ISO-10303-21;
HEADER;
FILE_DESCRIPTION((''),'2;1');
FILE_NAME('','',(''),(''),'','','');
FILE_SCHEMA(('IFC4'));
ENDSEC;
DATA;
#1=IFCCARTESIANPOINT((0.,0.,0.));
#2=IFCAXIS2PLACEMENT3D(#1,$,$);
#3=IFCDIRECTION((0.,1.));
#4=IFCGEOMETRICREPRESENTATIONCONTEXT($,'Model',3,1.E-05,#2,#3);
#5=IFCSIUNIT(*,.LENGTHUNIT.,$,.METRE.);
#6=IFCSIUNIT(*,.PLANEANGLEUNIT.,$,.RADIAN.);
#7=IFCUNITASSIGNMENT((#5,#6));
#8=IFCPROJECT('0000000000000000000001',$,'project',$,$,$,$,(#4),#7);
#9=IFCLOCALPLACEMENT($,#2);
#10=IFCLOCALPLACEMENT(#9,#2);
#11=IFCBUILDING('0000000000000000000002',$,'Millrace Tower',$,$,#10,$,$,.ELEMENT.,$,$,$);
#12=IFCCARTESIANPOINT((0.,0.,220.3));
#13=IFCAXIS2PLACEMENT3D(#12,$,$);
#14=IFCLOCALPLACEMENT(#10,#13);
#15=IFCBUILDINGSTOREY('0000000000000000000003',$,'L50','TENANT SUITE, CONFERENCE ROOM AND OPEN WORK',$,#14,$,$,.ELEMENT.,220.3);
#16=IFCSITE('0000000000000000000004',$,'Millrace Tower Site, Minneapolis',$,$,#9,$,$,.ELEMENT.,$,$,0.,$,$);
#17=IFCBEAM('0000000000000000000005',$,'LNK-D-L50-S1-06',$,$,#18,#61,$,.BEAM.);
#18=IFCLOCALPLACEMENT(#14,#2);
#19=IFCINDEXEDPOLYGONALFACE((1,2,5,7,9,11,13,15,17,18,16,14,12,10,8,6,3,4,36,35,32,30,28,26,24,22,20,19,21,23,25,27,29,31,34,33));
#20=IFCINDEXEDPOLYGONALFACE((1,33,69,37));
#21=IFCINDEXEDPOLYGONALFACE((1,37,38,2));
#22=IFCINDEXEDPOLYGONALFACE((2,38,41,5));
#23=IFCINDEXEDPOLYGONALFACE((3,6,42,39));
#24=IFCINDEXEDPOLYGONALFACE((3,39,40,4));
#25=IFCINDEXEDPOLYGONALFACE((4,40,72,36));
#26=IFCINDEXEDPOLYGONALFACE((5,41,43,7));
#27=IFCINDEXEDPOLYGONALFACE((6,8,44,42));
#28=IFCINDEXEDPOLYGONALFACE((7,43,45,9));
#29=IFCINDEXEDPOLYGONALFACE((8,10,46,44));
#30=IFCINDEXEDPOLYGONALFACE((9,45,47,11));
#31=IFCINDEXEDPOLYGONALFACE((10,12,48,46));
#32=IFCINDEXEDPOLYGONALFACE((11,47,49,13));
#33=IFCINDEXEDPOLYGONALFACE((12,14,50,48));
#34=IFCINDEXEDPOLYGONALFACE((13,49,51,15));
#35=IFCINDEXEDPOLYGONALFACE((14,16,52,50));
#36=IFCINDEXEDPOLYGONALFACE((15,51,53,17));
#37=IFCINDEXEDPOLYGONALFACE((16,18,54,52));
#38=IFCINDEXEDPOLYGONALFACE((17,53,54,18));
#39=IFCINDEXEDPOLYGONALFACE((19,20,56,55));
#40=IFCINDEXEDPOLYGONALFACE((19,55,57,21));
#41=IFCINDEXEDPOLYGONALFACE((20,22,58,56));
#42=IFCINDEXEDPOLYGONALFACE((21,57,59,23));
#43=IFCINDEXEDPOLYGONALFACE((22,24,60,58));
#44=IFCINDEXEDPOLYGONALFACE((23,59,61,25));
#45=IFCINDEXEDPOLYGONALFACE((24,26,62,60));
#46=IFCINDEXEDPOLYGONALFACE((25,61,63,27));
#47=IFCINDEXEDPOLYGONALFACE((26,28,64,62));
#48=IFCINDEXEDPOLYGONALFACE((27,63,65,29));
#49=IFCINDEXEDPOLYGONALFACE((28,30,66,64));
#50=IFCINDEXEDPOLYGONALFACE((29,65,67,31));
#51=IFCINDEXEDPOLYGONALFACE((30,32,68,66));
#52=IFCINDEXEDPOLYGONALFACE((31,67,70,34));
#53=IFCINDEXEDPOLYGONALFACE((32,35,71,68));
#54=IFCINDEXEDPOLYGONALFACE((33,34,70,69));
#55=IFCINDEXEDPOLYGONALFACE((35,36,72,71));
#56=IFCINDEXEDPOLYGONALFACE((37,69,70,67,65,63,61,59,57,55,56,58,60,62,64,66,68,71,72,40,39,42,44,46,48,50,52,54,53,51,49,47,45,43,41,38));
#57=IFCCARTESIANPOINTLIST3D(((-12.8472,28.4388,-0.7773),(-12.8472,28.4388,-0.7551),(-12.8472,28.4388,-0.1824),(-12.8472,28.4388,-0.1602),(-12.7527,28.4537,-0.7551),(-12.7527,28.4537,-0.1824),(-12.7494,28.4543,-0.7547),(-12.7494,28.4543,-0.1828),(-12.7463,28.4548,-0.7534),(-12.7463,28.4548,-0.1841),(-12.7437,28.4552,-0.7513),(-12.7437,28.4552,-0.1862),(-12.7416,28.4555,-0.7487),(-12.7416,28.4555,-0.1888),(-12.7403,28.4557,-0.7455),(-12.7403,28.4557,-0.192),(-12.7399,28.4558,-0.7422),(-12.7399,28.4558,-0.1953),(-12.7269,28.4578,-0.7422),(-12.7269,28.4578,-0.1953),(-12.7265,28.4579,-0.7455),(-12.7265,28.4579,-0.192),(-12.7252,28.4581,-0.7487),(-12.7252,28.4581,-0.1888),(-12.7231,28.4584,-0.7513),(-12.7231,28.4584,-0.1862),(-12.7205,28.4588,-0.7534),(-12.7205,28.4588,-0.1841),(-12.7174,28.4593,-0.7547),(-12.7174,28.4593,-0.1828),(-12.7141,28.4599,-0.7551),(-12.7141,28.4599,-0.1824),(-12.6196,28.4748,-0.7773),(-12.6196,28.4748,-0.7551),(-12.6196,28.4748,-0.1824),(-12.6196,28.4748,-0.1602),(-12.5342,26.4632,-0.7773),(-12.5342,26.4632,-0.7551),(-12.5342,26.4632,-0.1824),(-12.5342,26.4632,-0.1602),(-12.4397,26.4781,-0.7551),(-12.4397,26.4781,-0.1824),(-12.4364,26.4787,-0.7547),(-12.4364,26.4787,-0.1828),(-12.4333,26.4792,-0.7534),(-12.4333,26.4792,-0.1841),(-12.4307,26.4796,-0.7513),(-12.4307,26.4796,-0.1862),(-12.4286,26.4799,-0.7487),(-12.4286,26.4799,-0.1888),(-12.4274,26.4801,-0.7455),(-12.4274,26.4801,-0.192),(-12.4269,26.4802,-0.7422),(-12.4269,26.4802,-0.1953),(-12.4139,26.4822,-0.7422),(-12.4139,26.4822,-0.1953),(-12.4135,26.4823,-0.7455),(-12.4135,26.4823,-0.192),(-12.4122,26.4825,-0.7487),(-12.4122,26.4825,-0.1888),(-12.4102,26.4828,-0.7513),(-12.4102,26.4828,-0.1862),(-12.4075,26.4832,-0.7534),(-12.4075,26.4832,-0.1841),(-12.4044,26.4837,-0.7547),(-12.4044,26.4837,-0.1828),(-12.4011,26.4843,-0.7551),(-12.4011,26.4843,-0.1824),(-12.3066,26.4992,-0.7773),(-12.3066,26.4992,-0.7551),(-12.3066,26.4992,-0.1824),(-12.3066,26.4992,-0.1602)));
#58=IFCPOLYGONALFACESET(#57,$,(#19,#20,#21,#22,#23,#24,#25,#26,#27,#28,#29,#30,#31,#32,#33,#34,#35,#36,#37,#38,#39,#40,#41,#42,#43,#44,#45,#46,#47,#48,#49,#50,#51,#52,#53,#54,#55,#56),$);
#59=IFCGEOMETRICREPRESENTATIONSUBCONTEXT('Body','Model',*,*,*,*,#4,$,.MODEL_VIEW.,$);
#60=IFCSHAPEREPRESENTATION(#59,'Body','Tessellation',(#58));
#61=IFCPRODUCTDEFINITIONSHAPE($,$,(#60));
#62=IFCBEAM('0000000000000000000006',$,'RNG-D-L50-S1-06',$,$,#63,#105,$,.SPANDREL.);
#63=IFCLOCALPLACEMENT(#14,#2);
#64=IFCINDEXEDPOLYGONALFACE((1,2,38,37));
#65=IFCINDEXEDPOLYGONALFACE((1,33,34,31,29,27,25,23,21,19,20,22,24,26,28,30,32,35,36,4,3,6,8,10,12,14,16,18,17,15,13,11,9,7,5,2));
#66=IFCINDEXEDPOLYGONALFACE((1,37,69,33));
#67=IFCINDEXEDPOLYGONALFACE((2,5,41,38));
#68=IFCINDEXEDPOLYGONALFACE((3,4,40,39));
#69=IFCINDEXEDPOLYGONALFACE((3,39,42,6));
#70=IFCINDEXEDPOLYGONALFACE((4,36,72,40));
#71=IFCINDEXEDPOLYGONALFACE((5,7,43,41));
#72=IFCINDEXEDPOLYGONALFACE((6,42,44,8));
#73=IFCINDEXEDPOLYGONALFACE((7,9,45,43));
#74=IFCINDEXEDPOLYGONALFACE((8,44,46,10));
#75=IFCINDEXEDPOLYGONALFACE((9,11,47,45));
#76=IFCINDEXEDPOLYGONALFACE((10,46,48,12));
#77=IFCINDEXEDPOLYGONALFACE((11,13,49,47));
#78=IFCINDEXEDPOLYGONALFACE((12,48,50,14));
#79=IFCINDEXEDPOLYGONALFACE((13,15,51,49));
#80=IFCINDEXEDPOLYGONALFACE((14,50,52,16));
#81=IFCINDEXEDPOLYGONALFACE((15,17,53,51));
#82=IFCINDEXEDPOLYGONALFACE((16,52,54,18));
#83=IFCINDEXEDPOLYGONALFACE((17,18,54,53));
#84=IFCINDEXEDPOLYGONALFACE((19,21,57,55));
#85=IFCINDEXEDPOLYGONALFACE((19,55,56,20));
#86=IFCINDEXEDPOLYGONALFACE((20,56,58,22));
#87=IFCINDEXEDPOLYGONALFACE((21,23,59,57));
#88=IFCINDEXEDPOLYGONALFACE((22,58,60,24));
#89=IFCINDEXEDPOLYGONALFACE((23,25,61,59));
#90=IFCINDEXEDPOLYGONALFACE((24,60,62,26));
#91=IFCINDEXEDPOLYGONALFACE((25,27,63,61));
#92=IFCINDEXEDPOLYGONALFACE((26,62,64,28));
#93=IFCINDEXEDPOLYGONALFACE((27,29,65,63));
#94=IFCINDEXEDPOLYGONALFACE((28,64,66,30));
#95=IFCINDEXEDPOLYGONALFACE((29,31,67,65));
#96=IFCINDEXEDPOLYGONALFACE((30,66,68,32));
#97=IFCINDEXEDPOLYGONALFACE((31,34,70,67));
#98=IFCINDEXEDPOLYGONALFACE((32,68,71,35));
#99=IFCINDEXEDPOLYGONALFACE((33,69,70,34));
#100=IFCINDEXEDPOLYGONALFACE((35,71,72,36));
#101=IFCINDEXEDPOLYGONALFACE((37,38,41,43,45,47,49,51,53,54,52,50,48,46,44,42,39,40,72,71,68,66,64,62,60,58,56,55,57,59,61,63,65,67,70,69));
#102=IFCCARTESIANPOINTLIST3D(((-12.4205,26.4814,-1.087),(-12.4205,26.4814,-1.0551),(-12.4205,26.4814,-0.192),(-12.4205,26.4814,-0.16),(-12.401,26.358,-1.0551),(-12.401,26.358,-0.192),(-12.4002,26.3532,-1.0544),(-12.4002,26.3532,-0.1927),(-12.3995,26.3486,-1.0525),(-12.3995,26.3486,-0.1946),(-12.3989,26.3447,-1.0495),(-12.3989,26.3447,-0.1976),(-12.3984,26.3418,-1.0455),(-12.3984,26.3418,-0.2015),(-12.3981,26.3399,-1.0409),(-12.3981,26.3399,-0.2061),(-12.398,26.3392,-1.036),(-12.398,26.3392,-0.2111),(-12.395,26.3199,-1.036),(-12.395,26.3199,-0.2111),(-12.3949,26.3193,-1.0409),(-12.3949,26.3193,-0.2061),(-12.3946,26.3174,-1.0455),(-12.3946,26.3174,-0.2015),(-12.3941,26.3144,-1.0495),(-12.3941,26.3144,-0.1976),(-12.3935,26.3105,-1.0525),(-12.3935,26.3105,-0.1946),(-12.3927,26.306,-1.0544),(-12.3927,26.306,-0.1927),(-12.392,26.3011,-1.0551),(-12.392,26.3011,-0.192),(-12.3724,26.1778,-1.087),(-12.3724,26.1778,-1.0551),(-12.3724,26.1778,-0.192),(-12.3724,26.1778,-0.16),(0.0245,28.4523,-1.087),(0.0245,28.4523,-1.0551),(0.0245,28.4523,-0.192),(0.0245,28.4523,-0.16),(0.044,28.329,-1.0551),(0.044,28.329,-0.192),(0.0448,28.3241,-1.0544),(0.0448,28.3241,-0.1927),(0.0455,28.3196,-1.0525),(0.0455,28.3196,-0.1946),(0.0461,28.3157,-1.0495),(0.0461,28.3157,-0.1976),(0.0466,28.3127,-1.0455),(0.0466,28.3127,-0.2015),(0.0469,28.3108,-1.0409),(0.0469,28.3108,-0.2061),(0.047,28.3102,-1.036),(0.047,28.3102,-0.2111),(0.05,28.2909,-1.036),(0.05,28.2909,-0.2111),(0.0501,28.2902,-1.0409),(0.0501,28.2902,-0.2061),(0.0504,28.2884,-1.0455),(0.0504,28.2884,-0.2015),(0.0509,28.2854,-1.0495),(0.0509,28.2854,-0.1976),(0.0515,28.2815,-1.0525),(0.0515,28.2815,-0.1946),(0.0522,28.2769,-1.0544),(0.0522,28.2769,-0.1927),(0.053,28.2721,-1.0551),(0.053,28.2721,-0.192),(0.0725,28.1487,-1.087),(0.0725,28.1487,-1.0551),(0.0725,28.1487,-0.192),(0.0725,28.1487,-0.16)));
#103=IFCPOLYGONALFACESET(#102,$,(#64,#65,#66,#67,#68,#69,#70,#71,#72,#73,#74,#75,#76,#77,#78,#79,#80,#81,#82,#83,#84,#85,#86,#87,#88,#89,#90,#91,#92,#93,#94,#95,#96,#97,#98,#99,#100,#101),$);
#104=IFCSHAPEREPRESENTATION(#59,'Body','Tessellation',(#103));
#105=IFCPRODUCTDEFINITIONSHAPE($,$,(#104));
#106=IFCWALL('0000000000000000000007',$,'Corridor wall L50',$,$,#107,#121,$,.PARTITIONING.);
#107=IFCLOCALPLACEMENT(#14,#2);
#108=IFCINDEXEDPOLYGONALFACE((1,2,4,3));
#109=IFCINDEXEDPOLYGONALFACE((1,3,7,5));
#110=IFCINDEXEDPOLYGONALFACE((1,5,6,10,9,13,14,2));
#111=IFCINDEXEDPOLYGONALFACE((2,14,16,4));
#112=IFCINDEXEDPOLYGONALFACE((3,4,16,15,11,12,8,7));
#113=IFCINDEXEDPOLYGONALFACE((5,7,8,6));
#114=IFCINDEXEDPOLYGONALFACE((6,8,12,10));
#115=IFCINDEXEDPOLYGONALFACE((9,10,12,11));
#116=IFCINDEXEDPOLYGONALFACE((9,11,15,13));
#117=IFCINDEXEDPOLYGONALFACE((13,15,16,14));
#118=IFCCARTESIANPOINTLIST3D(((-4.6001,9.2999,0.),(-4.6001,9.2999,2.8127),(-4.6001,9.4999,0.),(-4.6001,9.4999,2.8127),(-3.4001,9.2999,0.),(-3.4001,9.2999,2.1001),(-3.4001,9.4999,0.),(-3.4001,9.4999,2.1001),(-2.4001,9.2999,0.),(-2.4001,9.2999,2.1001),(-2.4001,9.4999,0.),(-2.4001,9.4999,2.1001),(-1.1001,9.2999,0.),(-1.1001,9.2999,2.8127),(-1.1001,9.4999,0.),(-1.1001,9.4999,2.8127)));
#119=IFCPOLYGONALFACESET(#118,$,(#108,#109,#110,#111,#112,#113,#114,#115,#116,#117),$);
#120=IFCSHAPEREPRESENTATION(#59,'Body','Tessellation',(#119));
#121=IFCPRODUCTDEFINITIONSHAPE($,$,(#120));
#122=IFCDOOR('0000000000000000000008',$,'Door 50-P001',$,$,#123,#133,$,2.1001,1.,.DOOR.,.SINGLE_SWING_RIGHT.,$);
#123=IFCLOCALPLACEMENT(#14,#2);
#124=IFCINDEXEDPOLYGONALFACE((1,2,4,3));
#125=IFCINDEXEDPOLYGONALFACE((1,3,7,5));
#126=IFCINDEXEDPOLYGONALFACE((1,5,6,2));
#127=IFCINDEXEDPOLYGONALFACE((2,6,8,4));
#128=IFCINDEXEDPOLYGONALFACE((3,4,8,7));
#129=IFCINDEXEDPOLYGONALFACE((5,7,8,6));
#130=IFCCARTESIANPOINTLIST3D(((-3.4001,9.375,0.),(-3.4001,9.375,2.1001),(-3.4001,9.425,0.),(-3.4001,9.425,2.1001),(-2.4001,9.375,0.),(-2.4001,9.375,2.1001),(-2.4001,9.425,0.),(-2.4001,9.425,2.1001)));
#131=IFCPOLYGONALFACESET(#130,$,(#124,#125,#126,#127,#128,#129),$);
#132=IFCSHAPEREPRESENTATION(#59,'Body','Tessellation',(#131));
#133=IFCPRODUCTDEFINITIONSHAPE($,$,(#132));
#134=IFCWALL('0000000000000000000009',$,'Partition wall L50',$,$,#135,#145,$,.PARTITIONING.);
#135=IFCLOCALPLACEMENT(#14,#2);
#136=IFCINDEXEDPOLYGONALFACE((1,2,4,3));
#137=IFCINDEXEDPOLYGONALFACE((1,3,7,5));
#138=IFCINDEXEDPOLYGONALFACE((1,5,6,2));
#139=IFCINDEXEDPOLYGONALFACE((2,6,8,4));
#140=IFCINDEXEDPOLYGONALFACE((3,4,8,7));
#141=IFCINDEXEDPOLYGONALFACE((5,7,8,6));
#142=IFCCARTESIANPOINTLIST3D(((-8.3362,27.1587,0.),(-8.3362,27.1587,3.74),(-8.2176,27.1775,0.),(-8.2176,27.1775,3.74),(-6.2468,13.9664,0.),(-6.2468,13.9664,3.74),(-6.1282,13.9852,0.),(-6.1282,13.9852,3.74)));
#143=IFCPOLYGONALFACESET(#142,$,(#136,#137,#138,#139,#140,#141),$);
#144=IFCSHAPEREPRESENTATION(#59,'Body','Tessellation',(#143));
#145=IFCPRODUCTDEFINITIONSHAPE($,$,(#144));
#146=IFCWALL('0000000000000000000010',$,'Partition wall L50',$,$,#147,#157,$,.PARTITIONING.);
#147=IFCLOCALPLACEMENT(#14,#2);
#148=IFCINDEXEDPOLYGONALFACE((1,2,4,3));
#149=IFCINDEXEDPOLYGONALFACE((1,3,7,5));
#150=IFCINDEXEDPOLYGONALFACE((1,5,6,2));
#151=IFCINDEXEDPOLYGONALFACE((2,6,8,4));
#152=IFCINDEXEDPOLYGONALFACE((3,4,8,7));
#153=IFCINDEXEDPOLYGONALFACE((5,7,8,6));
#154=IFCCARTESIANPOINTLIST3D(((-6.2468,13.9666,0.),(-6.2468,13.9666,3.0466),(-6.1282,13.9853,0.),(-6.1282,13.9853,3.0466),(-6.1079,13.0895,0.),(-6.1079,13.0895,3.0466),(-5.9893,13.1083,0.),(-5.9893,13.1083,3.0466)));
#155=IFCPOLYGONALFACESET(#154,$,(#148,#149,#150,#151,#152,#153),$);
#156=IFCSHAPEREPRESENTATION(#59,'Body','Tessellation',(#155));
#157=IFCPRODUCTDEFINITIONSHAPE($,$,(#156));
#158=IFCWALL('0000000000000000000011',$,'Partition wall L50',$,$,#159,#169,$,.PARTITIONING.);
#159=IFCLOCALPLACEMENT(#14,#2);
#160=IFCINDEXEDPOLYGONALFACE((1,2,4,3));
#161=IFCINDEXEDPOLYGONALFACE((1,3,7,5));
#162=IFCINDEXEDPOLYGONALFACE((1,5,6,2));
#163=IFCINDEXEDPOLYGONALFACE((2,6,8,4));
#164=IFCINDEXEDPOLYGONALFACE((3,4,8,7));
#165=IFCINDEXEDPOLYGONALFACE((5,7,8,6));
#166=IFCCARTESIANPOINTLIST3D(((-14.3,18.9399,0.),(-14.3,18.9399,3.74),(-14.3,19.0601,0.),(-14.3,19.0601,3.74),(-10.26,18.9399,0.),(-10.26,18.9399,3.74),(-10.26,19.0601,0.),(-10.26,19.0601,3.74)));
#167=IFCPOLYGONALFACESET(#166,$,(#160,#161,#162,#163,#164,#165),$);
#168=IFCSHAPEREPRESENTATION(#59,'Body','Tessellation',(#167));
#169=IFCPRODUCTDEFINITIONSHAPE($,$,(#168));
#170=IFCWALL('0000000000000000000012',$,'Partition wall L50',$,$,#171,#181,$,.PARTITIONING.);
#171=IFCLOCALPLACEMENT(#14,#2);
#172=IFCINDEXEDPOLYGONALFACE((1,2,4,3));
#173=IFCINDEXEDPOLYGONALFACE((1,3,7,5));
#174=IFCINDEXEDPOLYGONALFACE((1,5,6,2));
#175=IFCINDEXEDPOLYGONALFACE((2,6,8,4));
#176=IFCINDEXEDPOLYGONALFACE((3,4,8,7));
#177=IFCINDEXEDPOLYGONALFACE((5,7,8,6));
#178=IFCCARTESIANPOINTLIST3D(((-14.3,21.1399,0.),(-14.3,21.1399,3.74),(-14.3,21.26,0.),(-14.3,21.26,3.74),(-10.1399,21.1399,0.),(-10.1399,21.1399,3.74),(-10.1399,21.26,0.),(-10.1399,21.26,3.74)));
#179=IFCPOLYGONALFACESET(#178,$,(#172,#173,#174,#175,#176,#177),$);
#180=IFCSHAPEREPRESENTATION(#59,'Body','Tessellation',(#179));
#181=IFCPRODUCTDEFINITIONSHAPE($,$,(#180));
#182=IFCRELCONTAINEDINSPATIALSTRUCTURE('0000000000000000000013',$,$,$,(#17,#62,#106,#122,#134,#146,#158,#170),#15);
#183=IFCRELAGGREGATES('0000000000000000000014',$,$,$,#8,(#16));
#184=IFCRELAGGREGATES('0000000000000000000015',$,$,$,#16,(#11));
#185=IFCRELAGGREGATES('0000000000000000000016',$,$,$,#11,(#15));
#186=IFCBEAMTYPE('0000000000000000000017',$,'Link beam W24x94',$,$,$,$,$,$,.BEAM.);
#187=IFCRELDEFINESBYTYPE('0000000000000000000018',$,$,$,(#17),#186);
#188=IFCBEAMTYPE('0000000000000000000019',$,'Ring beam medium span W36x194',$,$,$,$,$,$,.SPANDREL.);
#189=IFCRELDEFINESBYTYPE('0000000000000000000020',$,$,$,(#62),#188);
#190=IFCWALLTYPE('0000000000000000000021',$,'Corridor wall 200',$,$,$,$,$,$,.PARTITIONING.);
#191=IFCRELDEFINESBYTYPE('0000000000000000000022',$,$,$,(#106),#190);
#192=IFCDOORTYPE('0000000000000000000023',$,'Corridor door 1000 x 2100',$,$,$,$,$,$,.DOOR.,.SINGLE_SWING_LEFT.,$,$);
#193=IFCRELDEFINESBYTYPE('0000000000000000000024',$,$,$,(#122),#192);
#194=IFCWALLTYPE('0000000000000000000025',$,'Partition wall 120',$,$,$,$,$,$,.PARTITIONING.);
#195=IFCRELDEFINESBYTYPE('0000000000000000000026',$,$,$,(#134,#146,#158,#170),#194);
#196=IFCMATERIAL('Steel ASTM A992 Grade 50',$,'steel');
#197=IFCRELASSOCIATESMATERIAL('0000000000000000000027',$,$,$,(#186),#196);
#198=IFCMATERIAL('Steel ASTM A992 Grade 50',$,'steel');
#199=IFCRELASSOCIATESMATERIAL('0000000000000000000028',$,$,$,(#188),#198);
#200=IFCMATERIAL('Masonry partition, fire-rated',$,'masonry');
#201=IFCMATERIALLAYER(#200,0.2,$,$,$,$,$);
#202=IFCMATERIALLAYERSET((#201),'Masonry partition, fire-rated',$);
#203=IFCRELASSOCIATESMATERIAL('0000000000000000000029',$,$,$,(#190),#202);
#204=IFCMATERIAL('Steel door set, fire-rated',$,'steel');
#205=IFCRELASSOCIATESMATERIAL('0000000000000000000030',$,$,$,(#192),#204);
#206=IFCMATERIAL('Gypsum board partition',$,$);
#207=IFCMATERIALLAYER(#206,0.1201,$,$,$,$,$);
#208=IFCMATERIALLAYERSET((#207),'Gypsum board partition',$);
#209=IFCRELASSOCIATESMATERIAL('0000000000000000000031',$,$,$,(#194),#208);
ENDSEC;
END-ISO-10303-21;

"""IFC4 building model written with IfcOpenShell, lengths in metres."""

from ifc_helpers import new_model, si_unit, direction, frame, frame_2d, origin, origin_2d, place, context, subcontext, project, spatial, rectangle, i_section, extrude, material, layer, layer_set, material_profile, profile_set, type_object, element, fill, save


model = new_model("IFC4")

# Units and contexts
model_context = context("Model", 3, precision=1e-05, world=origin(), true_north=direction((0.0, 1.0)))
body_context = subcontext(model_context, "Body", "Model", "MODEL_VIEW")
ifc_project = project(units=[si_unit("LENGTHUNIT", "METRE"), si_unit("PLANEANGLEUNIT", "RADIAN")], contexts=[model_context])

# Site, building, storey
site_placement = place(None, origin())
site = spatial("IfcSite", under=ifc_project, at=site_placement, Name="Millrace Tower Site, Minneapolis", CompositionType="ELEMENT", RefElevation=0.0)
building_placement = place(site_placement, origin())
building = spatial("IfcBuilding", under=site, at=building_placement, Name="Millrace Tower", CompositionType="ELEMENT")
storey_placement = place(building_placement, frame((0.0, 0.0, 220.3)))
storey = spatial("IfcBuildingStorey", under=building, at=storey_placement, Name="L50", Description="TENANT SUITE, CONFERENCE ROOM AND OPEN WORK", CompositionType="ELEMENT", Elevation=220.3)

# Beams
ifc_material_1 = material(Name="Steel ASTM A992 Grade 50", Category="steel")
ifc_material_profile_1 = material_profile(ifc_material_1, i_section(OverallWidth=0.2305, OverallDepth=0.6172, WebThickness=0.0132, FlangeThickness=0.0222, FilletRadius=0.0129, at=origin_2d()))
ifc_profile_set_1 = profile_set([ifc_material_profile_1], Name="Steel ASTM A992 Grade 50")
beam_type_1 = type_object("IfcBeamType", Name="Link beam W24x94", PredefinedType="BEAM", material=ifc_profile_set_1)
beam_1_placement = place(storey_placement, frame((-12.4204, 26.4812, -0.4688), z_axis=(-0.156477, 0.987682, 0.0), x_axis=(-0.987682, -0.156477, 0.0)))
element("IfcBeam", 1, at=beam_1_placement, inside=storey, type_object=beam_type_1, Name="LNK-D-L50-S1-06", PredefinedType="BEAM", context=body_context, shape_type="SweptSolid", body=[
    extrude(i_section(OverallWidth=0.2305, OverallDepth=0.6172, WebThickness=0.0132, FlangeThickness=0.0222, FilletRadius=0.0129, at=origin_2d()), origin(), (0.0, 0.0, 1.0), 2.0002),
])
ifc_material_2 = material(Name="Steel ASTM A992 Grade 50", Category="steel")
ifc_material_profile_2 = material_profile(ifc_material_2, i_section(OverallWidth=0.3074, OverallDepth=0.927, WebThickness=0.0195, FlangeThickness=0.032, FilletRadius=0.019, at=origin_2d()))
ifc_profile_set_2 = profile_set([ifc_material_profile_2], Name="Steel ASTM A992 Grade 50")
beam_type_2 = type_object("IfcBeamType", Name="Ring beam medium span W36x194", PredefinedType="SPANDREL", material=ifc_profile_set_2)
beam_2_placement = place(storey_placement, frame((-12.3965, 26.3296, -0.6235), z_axis=(0.98769, 0.156422, 0.0), x_axis=(-0.156422, 0.98769, 0.0)))
element("IfcBeam", 2, at=beam_2_placement, inside=storey, type_object=beam_type_2, Name="RNG-D-L50-S1-06", PredefinedType="SPANDREL", context=body_context, shape_type="SweptSolid", body=[
    extrude(i_section(OverallWidth=0.3074, OverallDepth=0.927, WebThickness=0.0195, FlangeThickness=0.032, FilletRadius=0.019, at=origin_2d()), origin(), (0.0, 0.0, 1.0), 12.6001),
])

# Wall, opening, door
ifc_material_3 = material(Name="Masonry partition, fire-rated", Category="masonry")
ifc_layer_1 = layer(ifc_material_3, 0.2)
ifc_layer_set_1 = layer_set([ifc_layer_1], Name="Masonry partition, fire-rated")
wall_type_1 = type_object("IfcWallType", Name="Corridor wall 200", PredefinedType="PARTITIONING", material=ifc_layer_set_1)
wall_1_placement = place(storey_placement, frame((-4.6001, 9.3999, 0.0), z_axis=(0.0, 0.0, 1.0), x_axis=(1.0, 0.0, 0.0)))
wall_1 = element("IfcWall", 3, at=wall_1_placement, inside=storey, type_object=wall_type_1, Name="Corridor wall L50", PredefinedType="PARTITIONING", context=body_context, shape_type="SweptSolid", body=[
    extrude(rectangle(XDim=3.5, YDim=0.2, at=frame_2d((1.75, 0.0))), origin(), (0.0, 0.0, 1.0), 2.8127),
])
opening_placement = place(wall_1_placement, frame((1.2, 0.0, 0.0)))
opening = element("IfcOpeningElement", 4, at=opening_placement, cuts=wall_1, PredefinedType="OPENING", context=body_context, shape_type="SweptSolid", body=[
    extrude(rectangle(XDim=1.0, YDim=2.1001, at=frame_2d((0.5, 1.05))), frame((0.0, 0.1099, 0.0), z_axis=(0.0, -1.0, 0.0), x_axis=(1.0, 0.0, 0.0)), (0.0, 0.0, 1.0), 0.22),
])
ifc_material_4 = material(Name="Steel door set, fire-rated", Category="steel")
door_type = type_object("IfcDoorType", Name="Corridor door 1000 x 2100", OperationType="SINGLE_SWING_LEFT", PredefinedType="DOOR", material=ifc_material_4)
door_placement = place(opening_placement, frame((1.0, 0.0, 0.0), z_axis=(0.0, 0.0, 1.0), x_axis=(-1.0, 0.0, 0.0)))
door = element("IfcDoor", 5, at=door_placement, inside=storey, type_object=door_type, Name="Door 50-P001", OperationType="SINGLE_SWING_RIGHT", OverallHeight=2.1001, OverallWidth=1.0, PredefinedType="DOOR", context=body_context, shape_type="SweptSolid", body=[
    extrude(rectangle(XDim=1.0, YDim=2.1001, at=frame_2d((0.5, 1.05))), frame((0.0, 0.0249, 0.0), z_axis=(0.0, -1.0, 0.0), x_axis=(1.0, 0.0, 0.0)), (0.0, 0.0, 1.0), 0.05),
])
fill(opening, door)

# Walls
ifc_material_5 = material(Name="Gypsum board partition")
ifc_layer_2 = layer(ifc_material_5, 0.1201)
ifc_layer_set_2 = layer_set([ifc_layer_2], Name="Gypsum board partition")
wall_type_2 = type_object("IfcWallType", Name="Partition wall 120", PredefinedType="PARTITIONING", material=ifc_layer_set_2)
wall_2_placement = place(storey_placement, frame((-8.2769, 27.168, 0.0), z_axis=(0.0, 0.0, 1.0), x_axis=(0.156429, -0.987689, 0.0)))
element("IfcWall", 6, at=wall_2_placement, inside=storey, type_object=wall_type_2, Name="Partition wall L50", PredefinedType="PARTITIONING", context=body_context, shape_type="SweptSolid", body=[
    extrude(rectangle(XDim=13.3567, YDim=0.1201, at=frame_2d((6.6782, 0.0))), origin(), (0.0, 0.0, 1.0), 3.74),
])
wall_3_placement = place(storey_placement, frame((-6.1875, 13.9758, 0.0), z_axis=(0.0, 0.0, 1.0), x_axis=(0.156457, -0.987685, 0.0)))
element("IfcWall", 7, at=wall_3_placement, inside=storey, type_object=wall_type_2, Name="Partition wall L50", PredefinedType="PARTITIONING", context=body_context, shape_type="SweptSolid", body=[
    extrude(rectangle(XDim=0.8879, YDim=0.1201, at=frame_2d((0.4438, 0.0))), origin(), (0.0, 0.0, 1.0), 3.0466),
])
wall_4_placement = place(storey_placement, frame((-14.3, 19.0, 0.0), z_axis=(0.0, 0.0, 1.0), x_axis=(1.0, 0.0, 0.0)))
element("IfcWall", 8, at=wall_4_placement, inside=storey, type_object=wall_type_2, Name="Partition wall L50", PredefinedType="PARTITIONING", context=body_context, shape_type="SweptSolid", body=[
    extrude(rectangle(XDim=4.04, YDim=0.1201, at=frame_2d((2.02, 0.0))), origin(), (0.0, 0.0, 1.0), 3.74),
])
wall_5_placement = place(storey_placement, frame((-14.3, 21.2, 0.0), z_axis=(0.0, 0.0, 1.0), x_axis=(1.0, 0.0, 0.0)))
element("IfcWall", 9, at=wall_5_placement, inside=storey, type_object=wall_type_2, Name="Partition wall L50", PredefinedType="PARTITIONING", context=body_context, shape_type="SweptSolid", body=[
    extrude(rectangle(XDim=4.1602, YDim=0.1201, at=frame_2d((2.0801, 0.0))), origin(), (0.0, 0.0, 1.0), 3.74),
])

save(model, "model.ifc")
